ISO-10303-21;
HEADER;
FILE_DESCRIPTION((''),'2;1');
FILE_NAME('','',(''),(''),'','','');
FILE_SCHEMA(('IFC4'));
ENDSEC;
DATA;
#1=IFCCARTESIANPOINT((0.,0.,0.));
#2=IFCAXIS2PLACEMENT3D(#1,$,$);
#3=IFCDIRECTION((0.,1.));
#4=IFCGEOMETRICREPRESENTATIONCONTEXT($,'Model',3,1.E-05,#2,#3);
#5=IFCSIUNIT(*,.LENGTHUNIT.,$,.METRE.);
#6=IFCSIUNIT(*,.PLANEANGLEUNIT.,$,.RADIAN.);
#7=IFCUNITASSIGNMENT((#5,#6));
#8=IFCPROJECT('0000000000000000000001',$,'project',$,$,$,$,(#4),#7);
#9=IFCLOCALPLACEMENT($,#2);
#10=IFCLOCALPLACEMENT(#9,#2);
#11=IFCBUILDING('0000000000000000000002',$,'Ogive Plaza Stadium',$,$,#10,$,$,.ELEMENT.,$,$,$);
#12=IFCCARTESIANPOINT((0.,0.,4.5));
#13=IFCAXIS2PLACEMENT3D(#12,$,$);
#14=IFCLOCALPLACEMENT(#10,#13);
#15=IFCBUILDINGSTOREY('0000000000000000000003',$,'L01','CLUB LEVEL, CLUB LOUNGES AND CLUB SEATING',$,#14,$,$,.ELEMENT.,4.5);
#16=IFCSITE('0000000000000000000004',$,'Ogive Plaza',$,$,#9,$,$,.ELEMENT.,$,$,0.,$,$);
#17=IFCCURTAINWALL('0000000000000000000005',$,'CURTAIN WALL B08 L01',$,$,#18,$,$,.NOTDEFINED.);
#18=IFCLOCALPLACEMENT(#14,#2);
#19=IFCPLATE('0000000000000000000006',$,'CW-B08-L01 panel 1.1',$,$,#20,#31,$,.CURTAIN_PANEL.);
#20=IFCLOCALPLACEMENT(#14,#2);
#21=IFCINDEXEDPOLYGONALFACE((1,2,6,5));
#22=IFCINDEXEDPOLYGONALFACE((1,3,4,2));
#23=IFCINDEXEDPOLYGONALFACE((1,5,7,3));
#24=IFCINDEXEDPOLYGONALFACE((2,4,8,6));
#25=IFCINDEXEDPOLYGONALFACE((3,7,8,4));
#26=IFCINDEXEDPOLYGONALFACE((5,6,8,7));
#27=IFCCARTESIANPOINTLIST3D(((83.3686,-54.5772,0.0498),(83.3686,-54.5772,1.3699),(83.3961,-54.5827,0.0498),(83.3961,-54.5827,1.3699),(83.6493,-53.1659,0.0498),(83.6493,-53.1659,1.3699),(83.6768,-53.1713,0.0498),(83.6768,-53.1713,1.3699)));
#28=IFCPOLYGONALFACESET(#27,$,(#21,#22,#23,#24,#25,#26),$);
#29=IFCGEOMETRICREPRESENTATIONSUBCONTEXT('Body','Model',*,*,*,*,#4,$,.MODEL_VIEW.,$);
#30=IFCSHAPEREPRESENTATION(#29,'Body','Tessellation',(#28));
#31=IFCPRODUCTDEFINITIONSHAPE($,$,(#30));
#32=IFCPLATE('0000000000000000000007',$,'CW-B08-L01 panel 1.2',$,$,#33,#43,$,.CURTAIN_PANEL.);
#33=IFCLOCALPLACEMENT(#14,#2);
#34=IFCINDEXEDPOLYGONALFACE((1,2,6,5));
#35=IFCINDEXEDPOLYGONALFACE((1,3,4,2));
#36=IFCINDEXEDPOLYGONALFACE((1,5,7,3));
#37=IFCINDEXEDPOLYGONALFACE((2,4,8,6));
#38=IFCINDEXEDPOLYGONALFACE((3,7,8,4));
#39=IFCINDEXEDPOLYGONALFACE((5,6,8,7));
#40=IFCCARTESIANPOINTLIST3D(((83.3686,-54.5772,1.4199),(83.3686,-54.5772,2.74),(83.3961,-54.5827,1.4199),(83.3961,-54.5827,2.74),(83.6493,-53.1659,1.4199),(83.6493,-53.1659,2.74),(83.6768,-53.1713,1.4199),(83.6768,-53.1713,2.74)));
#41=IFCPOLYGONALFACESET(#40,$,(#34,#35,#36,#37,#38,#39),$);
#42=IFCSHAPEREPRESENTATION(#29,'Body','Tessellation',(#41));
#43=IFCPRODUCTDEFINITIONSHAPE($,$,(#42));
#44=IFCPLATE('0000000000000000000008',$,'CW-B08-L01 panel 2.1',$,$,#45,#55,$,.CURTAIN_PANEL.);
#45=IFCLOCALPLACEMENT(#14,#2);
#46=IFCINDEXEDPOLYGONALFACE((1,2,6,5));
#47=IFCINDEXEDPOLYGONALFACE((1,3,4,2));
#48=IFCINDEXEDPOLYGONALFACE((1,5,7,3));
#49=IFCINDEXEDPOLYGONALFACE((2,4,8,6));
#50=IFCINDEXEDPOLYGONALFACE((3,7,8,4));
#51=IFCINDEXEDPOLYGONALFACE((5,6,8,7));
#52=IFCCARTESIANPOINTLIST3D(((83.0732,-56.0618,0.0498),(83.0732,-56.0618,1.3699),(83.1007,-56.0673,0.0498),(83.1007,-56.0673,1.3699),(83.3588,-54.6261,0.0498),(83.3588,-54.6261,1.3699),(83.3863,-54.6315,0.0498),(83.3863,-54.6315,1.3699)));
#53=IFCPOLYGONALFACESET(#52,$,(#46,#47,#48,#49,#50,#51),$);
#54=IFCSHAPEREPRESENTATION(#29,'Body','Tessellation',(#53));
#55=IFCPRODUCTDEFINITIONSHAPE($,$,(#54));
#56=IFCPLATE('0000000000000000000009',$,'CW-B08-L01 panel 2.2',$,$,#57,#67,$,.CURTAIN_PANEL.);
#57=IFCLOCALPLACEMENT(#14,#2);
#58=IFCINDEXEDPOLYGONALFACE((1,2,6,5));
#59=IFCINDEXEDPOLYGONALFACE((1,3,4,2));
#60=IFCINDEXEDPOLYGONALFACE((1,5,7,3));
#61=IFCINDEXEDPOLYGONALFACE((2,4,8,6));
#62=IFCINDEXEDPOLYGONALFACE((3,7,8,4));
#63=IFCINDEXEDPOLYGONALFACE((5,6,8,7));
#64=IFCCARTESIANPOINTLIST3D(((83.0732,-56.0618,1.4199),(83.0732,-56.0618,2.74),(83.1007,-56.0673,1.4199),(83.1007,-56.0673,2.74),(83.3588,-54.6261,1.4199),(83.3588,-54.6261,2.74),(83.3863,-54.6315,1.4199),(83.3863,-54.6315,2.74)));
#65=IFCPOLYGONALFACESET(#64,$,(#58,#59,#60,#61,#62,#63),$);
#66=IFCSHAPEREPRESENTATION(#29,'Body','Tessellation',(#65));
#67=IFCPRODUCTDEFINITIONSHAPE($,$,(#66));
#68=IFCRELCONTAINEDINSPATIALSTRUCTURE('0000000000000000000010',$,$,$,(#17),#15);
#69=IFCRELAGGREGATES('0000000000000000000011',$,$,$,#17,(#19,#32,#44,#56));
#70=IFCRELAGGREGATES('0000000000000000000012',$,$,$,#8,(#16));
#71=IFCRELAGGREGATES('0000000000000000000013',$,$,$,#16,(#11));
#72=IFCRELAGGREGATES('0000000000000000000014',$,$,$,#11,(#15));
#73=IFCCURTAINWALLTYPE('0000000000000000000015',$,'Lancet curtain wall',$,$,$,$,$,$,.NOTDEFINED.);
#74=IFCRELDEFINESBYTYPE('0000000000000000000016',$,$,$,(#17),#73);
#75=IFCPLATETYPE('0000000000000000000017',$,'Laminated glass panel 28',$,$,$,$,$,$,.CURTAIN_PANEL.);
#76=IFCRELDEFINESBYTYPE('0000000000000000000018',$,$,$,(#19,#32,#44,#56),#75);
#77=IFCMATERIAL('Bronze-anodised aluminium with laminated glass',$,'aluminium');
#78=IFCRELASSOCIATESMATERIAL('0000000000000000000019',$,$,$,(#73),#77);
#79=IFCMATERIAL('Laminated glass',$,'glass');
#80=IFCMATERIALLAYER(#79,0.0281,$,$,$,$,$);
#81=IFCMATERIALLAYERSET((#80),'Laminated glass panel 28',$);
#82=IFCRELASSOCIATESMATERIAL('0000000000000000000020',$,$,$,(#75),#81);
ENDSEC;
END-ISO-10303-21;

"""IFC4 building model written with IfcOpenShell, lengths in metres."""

from ifc_helpers import new_model, si_unit, direction, frame, origin, origin_2d, place, context, subcontext, project, spatial, rectangle, extrude, material, layer, layer_set, type_object, element, aggregate, save


model = new_model("IFC4")

# Units and contexts
model_context = context("Model", 3, precision=1e-05, world=origin(), true_north=direction((0.0, 1.0)))
body_context = subcontext(model_context, "Body", "Model", "MODEL_VIEW")
ifc_project = project(units=[si_unit("LENGTHUNIT", "METRE"), si_unit("PLANEANGLEUNIT", "RADIAN")], contexts=[model_context])

# Site, building, storey
site_placement = place(None, origin())
site = spatial("IfcSite", under=ifc_project, at=site_placement, Name="Ogive Plaza", CompositionType="ELEMENT", RefElevation=0.0)
building_placement = place(site_placement, origin())
building = spatial("IfcBuilding", under=site, at=building_placement, Name="Ogive Plaza Stadium", CompositionType="ELEMENT")
storey_placement = place(building_placement, frame((0.0, 0.0, 4.5)))
storey = spatial("IfcBuildingStorey", under=building, at=storey_placement, Name="L01", Description="CLUB LEVEL, CLUB LOUNGES AND CLUB SEATING", CompositionType="ELEMENT", Elevation=4.5)

# Curtain wall
ifc_material_1 = material(Name="Bronze-anodised aluminium with laminated glass", Category="aluminium")
curtain_wall_type = type_object("IfcCurtainWallType", Name="Lancet curtain wall", PredefinedType="NOTDEFINED", material=ifc_material_1)
curtain_wall_1_placement = place(storey_placement, origin())
curtain_wall_1 = element("IfcCurtainWall", 1, at=curtain_wall_1_placement, inside=storey, type_object=curtain_wall_type, Name="CURTAIN WALL B08 L01", PredefinedType="NOTDEFINED")

# Plates
ifc_material_2 = material(Name="Laminated glass", Category="glass")
ifc_layer = layer(ifc_material_2, 0.0281)
ifc_layer_set = layer_set([ifc_layer], Name="Laminated glass panel 28")
plate_type = type_object("IfcPlateType", Name="Laminated glass panel 28", PredefinedType="CURTAIN_PANEL", material=ifc_layer_set)
plate_1_placement = place(storey_placement, frame((83.5227, -53.8743, 0.0498), z_axis=(0.0, 0.0, 1.0), x_axis=(-0.19509, -0.980785, 0.0)))
plate_1 = element("IfcPlate", 2, at=plate_1_placement, type_object=plate_type, Name="CW-B08-L01 panel 1.1", PredefinedType="CURTAIN_PANEL", context=body_context, shape_type="SweptSolid", body=[
    extrude(rectangle(XDim=1.439, YDim=0.0281, at=origin_2d()), origin(), (0.0, 0.0, 1.0), 1.3201),
])
plate_2_placement = place(storey_placement, frame((83.5227, -53.8743, 1.4199), z_axis=(0.0, 0.0, 1.0), x_axis=(-0.19509, -0.980785, 0.0)))
plate_2 = element("IfcPlate", 3, at=plate_2_placement, type_object=plate_type, Name="CW-B08-L01 panel 1.2", PredefinedType="CURTAIN_PANEL", context=body_context, shape_type="SweptSolid", body=[
    extrude(rectangle(XDim=1.439, YDim=0.0281, at=origin_2d()), origin(), (0.0, 0.0, 1.0), 1.3201),
])
plate_3_placement = place(storey_placement, frame((83.2297, -55.3467, 0.0498), z_axis=(0.0, 0.0, 1.0), x_axis=(-0.19509, -0.980785, 0.0)))
plate_3 = element("IfcPlate", 4, at=plate_3_placement, type_object=plate_type, Name="CW-B08-L01 panel 2.1", PredefinedType="CURTAIN_PANEL", context=body_context, shape_type="SweptSolid", body=[
    extrude(rectangle(XDim=1.4639, YDim=0.0281, at=origin_2d()), origin(), (0.0, 0.0, 1.0), 1.3201),
])
plate_4_placement = place(storey_placement, frame((83.2297, -55.3467, 1.4199), z_axis=(0.0, 0.0, 1.0), x_axis=(-0.19509, -0.980785, 0.0)))
plate_4 = element("IfcPlate", 5, at=plate_4_placement, type_object=plate_type, Name="CW-B08-L01 panel 2.2", PredefinedType="CURTAIN_PANEL", context=body_context, shape_type="SweptSolid", body=[
    extrude(rectangle(XDim=1.4639, YDim=0.0281, at=origin_2d()), origin(), (0.0, 0.0, 1.0), 1.3201),
])
aggregate(curtain_wall_1, [plate_1, plate_2, plate_3, plate_4])

save(model, "model.ifc")
